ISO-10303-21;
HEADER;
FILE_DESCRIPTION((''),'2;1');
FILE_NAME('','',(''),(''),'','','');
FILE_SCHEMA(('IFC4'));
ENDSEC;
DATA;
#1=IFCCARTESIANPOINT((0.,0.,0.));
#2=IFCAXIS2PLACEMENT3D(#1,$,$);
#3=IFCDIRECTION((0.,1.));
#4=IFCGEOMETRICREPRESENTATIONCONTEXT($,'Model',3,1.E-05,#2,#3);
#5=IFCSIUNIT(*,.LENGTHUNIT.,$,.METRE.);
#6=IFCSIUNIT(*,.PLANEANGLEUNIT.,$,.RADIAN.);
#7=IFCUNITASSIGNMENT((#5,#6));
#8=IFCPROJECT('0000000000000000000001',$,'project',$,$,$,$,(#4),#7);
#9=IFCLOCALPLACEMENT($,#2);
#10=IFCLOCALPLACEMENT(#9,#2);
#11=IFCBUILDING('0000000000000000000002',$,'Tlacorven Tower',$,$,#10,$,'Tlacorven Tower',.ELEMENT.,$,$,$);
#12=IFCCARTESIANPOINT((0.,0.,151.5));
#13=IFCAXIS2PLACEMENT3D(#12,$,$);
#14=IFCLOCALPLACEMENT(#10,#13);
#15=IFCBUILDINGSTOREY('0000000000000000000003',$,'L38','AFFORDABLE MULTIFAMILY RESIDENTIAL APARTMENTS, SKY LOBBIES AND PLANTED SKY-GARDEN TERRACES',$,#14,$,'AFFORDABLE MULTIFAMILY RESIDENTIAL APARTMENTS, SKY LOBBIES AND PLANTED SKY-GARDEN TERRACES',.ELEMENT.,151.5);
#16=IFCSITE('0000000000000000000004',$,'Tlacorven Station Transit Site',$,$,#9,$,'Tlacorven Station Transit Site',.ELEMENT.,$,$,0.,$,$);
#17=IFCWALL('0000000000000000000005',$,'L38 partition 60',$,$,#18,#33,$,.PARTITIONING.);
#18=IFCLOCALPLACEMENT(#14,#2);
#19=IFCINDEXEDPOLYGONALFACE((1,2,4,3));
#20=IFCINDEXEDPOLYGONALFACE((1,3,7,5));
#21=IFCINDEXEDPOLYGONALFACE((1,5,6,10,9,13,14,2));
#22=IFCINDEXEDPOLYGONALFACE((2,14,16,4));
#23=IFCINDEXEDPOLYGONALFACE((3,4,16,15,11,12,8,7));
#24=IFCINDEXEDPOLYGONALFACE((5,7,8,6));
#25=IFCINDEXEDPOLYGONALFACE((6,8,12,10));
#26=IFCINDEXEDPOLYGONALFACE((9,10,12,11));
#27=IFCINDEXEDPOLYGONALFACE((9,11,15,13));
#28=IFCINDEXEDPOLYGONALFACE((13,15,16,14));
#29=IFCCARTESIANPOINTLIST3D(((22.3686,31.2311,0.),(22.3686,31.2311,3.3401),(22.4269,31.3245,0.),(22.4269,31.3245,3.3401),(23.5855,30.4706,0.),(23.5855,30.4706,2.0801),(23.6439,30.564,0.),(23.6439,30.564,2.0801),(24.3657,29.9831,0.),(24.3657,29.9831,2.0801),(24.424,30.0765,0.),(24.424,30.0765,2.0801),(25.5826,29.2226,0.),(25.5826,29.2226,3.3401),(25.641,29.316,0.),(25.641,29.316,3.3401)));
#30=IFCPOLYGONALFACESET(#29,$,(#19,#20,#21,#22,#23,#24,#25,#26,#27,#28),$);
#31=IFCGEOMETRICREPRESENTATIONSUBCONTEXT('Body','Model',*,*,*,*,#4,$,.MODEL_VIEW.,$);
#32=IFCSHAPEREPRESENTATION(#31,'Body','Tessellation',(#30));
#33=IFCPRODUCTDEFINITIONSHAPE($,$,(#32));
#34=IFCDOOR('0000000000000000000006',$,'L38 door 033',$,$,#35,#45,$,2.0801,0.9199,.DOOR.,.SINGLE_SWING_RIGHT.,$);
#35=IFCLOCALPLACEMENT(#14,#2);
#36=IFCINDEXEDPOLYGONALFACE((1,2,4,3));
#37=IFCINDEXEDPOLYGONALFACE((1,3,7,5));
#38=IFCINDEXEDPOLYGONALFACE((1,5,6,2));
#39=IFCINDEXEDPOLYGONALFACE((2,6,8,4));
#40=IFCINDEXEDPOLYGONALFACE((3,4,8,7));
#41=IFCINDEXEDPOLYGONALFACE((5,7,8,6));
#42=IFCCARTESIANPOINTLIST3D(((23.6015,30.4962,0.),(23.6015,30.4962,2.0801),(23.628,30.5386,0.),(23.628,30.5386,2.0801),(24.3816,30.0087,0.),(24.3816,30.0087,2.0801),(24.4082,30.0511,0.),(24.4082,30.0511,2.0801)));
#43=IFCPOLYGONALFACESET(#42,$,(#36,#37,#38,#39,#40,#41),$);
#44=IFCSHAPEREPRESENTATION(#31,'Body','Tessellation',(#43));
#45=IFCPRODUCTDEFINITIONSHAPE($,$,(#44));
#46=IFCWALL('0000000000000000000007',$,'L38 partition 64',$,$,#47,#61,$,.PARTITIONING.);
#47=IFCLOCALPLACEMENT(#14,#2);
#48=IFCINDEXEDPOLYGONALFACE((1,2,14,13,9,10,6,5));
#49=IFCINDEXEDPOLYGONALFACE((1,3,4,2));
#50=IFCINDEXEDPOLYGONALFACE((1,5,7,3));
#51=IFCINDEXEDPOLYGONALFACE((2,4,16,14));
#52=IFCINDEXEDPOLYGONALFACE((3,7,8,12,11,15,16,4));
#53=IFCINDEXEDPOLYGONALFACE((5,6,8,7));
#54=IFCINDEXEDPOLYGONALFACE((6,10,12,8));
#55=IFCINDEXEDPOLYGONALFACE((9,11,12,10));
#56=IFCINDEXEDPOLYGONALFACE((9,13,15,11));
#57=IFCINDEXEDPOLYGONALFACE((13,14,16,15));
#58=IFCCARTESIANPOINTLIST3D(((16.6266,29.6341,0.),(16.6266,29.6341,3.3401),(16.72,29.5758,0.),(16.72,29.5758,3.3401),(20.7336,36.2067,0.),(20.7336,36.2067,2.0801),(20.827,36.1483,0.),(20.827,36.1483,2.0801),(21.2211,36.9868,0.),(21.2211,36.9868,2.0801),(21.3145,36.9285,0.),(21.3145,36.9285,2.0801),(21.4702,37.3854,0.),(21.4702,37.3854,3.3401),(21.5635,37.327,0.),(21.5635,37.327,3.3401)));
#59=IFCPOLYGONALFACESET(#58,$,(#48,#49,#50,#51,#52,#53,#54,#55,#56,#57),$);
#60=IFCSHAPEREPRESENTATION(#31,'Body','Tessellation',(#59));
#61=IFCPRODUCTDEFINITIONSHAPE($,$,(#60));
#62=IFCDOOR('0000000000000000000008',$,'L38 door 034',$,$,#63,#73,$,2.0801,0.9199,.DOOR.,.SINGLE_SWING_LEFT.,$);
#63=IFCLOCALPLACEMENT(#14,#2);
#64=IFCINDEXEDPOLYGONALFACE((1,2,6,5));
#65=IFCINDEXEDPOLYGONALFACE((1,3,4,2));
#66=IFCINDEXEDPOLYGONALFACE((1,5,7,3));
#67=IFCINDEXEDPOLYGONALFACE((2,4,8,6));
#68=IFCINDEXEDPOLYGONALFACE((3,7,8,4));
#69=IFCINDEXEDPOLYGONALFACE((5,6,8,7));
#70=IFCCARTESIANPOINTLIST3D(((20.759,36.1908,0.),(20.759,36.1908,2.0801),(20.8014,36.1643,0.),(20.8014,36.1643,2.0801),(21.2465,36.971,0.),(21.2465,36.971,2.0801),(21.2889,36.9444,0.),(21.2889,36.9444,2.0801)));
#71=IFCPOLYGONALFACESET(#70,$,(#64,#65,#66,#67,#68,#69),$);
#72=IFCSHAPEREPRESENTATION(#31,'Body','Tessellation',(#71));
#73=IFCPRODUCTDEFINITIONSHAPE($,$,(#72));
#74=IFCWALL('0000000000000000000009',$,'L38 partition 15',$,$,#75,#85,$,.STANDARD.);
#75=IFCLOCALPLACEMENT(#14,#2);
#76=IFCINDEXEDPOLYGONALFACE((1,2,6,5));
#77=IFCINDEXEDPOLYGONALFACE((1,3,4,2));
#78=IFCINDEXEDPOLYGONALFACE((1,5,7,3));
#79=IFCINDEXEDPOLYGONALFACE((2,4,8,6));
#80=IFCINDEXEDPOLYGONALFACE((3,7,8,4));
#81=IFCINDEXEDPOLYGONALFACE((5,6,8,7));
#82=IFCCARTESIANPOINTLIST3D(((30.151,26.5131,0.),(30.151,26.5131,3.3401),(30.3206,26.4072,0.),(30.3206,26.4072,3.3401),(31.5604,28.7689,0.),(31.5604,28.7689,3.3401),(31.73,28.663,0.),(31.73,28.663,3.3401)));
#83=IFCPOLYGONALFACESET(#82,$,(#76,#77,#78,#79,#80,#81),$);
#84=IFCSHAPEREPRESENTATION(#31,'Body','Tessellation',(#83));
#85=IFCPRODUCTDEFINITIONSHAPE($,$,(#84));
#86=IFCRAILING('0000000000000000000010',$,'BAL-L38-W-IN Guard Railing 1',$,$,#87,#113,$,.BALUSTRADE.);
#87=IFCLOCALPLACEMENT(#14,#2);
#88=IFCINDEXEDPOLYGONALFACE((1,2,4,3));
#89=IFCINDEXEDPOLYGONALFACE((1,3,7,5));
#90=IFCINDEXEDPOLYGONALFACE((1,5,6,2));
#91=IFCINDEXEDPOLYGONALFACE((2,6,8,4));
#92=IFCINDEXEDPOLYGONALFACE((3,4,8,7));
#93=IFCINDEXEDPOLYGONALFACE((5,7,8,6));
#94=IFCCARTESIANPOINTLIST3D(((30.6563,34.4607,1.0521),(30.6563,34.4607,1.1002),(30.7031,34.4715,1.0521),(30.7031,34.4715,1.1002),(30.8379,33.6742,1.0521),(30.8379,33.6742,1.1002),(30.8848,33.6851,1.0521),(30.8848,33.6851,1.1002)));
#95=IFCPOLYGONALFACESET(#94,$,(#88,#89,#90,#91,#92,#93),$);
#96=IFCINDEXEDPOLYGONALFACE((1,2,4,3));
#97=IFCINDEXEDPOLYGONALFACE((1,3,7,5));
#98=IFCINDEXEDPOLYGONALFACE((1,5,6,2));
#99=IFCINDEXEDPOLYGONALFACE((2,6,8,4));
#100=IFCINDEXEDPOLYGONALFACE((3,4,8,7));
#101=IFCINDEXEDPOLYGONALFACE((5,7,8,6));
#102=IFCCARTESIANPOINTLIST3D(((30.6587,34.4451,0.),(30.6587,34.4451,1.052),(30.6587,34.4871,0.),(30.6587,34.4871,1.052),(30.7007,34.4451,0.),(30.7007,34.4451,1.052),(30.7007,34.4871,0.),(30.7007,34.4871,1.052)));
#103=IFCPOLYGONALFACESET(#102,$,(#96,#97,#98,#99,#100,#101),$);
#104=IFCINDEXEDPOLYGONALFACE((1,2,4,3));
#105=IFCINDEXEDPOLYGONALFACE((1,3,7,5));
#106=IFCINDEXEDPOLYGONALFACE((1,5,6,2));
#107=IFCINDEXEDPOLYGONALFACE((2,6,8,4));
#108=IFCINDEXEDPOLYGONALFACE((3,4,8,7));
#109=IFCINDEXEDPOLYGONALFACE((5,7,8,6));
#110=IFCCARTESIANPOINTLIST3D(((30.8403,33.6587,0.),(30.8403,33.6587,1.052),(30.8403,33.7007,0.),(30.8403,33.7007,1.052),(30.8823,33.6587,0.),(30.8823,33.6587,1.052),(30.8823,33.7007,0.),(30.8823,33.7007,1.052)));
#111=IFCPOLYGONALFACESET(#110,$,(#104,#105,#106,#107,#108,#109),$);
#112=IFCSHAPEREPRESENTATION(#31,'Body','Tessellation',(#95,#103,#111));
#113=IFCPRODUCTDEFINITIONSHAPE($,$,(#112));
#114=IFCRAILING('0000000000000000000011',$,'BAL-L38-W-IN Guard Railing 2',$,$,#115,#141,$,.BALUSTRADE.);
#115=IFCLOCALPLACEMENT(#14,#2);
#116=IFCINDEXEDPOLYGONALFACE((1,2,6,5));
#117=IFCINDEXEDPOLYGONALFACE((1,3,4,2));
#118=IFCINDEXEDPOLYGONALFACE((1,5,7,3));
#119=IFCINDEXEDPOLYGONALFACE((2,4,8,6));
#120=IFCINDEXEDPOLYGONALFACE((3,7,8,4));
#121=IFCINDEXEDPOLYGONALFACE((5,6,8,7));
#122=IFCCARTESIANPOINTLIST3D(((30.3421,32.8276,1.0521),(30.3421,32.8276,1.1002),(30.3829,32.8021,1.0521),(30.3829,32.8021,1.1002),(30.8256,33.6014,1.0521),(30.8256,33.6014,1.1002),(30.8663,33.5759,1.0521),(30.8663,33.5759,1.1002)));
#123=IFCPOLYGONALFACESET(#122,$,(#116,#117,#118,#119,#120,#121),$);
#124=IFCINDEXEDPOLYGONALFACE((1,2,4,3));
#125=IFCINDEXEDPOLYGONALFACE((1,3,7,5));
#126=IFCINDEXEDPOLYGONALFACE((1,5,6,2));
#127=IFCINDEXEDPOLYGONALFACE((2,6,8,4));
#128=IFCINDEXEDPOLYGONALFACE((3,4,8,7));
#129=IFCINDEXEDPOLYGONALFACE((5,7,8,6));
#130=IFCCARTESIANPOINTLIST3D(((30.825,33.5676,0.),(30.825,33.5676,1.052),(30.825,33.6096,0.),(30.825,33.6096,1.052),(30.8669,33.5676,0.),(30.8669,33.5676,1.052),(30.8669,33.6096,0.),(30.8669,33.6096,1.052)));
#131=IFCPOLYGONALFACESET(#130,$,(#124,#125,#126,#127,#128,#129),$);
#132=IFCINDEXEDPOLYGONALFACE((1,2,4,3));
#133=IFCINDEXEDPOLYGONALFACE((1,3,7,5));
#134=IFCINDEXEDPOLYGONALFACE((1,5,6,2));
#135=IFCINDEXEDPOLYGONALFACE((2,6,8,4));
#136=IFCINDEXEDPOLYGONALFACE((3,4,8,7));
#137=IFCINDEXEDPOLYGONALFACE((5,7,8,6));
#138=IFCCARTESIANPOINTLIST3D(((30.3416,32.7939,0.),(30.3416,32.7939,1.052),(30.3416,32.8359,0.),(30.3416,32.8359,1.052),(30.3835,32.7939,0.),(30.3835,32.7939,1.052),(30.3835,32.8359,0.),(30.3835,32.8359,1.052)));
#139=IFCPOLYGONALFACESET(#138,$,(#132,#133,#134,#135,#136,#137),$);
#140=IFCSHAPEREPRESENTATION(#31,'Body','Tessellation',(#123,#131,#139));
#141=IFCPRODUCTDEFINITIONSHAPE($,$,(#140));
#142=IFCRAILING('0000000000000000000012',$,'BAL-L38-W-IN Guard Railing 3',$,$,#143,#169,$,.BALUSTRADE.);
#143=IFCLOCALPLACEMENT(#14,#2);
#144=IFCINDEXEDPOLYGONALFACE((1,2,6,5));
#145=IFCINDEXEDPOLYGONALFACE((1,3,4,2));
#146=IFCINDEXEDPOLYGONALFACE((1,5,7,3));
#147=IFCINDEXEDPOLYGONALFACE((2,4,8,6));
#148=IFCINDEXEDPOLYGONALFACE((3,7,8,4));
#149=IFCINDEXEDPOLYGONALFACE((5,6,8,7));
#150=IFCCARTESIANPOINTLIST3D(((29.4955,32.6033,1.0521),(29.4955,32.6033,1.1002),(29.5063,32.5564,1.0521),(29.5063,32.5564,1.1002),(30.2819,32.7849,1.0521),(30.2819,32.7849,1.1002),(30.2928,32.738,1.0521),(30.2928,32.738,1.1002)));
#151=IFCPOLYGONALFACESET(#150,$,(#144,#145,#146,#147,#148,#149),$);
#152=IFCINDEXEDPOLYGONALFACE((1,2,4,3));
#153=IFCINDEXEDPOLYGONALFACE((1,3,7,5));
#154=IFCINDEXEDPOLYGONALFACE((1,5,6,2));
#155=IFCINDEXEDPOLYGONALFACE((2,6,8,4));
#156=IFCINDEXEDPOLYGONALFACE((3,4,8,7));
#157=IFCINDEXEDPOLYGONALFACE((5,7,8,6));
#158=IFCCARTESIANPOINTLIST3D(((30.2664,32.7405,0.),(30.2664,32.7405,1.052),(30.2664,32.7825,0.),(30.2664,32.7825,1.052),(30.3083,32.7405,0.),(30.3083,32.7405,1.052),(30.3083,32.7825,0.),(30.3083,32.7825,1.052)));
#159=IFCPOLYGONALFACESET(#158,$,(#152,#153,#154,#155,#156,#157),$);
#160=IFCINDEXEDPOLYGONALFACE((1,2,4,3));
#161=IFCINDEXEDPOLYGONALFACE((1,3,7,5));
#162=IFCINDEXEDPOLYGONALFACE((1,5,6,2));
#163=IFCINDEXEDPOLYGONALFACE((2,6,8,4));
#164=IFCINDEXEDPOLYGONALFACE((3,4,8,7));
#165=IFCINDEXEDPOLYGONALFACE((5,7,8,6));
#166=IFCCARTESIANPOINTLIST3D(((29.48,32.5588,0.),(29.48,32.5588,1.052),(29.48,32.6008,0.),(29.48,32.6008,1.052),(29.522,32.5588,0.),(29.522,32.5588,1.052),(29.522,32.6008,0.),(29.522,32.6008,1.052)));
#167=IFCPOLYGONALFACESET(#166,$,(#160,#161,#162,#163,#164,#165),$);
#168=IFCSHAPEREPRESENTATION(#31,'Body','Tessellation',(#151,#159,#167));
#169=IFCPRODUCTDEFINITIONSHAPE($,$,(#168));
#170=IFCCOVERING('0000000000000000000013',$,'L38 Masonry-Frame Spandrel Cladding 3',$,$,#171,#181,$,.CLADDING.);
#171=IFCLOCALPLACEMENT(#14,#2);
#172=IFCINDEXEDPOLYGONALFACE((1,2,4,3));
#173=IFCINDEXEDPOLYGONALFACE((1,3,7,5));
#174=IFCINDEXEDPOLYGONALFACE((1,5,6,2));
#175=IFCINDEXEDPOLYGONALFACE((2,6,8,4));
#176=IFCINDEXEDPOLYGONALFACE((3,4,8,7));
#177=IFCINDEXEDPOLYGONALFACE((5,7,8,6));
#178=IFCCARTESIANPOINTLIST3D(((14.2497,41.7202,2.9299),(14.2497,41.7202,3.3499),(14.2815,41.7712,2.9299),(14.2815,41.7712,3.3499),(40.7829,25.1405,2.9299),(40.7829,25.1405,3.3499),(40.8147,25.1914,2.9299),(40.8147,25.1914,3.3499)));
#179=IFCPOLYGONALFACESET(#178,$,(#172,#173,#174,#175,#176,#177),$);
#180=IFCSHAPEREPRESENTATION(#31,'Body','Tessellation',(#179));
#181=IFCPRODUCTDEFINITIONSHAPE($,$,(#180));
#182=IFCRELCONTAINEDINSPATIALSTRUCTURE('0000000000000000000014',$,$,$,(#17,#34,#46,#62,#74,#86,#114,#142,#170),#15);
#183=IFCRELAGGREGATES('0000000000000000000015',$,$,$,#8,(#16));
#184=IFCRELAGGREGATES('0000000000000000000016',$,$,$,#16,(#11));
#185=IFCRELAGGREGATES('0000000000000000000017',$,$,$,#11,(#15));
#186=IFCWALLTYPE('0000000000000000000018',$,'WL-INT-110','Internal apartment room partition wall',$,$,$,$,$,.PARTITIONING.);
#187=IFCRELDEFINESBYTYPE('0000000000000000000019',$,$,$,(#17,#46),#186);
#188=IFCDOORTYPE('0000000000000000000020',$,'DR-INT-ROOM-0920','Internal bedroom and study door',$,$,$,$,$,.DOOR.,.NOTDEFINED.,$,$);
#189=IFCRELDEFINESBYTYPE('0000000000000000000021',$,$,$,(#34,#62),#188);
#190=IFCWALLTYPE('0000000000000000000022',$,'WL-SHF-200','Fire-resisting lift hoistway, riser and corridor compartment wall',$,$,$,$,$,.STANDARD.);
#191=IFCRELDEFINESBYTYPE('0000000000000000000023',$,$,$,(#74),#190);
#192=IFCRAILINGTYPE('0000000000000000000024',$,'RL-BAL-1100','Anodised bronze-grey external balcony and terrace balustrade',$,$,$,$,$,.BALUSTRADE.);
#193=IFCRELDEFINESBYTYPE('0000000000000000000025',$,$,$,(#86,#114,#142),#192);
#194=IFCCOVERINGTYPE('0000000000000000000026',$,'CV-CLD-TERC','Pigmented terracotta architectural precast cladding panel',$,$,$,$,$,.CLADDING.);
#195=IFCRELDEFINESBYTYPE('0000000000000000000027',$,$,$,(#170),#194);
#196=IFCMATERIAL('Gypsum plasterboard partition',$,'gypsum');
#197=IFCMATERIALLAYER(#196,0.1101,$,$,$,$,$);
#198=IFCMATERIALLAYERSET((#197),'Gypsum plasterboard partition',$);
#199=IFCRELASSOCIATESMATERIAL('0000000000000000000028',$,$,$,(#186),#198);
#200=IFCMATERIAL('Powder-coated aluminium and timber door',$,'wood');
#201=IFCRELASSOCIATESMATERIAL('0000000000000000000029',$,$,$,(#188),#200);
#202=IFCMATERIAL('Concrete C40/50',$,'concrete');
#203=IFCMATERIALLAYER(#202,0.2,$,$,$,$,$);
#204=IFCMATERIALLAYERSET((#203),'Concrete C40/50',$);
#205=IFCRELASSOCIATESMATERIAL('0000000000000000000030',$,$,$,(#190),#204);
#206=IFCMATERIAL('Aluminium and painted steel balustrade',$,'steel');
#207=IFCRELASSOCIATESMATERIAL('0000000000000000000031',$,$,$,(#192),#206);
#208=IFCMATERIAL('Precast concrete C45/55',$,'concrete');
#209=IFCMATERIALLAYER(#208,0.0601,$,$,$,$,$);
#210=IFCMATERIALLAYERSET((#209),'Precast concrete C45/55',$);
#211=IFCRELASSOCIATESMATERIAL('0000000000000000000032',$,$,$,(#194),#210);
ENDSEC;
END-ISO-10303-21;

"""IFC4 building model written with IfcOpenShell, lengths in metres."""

from ifc_helpers import new_model, si_unit, direction, frame, frame_2d, origin, origin_2d, place, context, subcontext, project, spatial, rectangle, extrude, source, transform, mapped, material, layer, layer_set, type_object, element, fill, save


model = new_model("IFC4")

# Units and contexts
model_context = context("Model", 3, precision=1e-05, world=origin(), true_north=direction((0.0, 1.0)))
body_context = subcontext(model_context, "Body", "Model", "MODEL_VIEW")
ifc_project = project(units=[si_unit("LENGTHUNIT", "METRE"), si_unit("PLANEANGLEUNIT", "RADIAN")], contexts=[model_context])

# Site, building, storey
site_placement = place(None, origin())
site = spatial("IfcSite", under=ifc_project, at=site_placement, Name="Tlacorven Station Transit Site", LongName="Tlacorven Station Transit Site", CompositionType="ELEMENT", RefElevation=0.0)
building_placement = place(site_placement, origin())
building = spatial("IfcBuilding", under=site, at=building_placement, Name="Tlacorven Tower", LongName="Tlacorven Tower", CompositionType="ELEMENT")
storey_placement = place(building_placement, frame((0.0, 0.0, 151.5)))
storey = spatial("IfcBuildingStorey", under=building, at=storey_placement, Name="L38", Description="AFFORDABLE MULTIFAMILY RESIDENTIAL APARTMENTS, SKY LOBBIES AND PLANTED SKY-GARDEN TERRACES", LongName="AFFORDABLE MULTIFAMILY RESIDENTIAL APARTMENTS, SKY LOBBIES AND PLANTED SKY-GARDEN TERRACES", CompositionType="ELEMENT", Elevation=151.5)

# Walls, openings, doors
ifc_material_1 = material(Name="Gypsum plasterboard partition", Category="gypsum")
ifc_layer_1 = layer(ifc_material_1, 0.1101)
ifc_layer_set_1 = layer_set([ifc_layer_1], Name="Gypsum plasterboard partition")
wall_type_1 = type_object("IfcWallType", Name="WL-INT-110", Description="Internal apartment room partition wall", PredefinedType="PARTITIONING", material=ifc_layer_set_1)
wall_1_placement = place(storey_placement, frame((25.6118, 29.2693, 0.0), z_axis=(0.0, 0.0, 1.0), x_axis=(-0.848031, 0.529947, 0.0)))
wall_1 = element("IfcWall", 1, at=wall_1_placement, inside=storey, type_object=wall_type_1, Name="L38 partition 60", PredefinedType="PARTITIONING", context=body_context, shape_type="SweptSolid", body=[
    extrude(rectangle(XDim=3.79, YDim=0.1101, at=frame_2d((1.895, 0.0))), origin(), (0.0, 0.0, 1.0), 3.3401),
])
opening_1_placement = place(wall_1_placement, frame((1.4351, 0.0, 0.0)))
opening_1 = element("IfcOpeningElement", 2, at=opening_1_placement, cuts=wall_1, PredefinedType="OPENING", context=body_context, shape_type="SweptSolid", body=[
    extrude(rectangle(XDim=0.9199, YDim=2.0801, at=frame_2d((0.46, 1.04))), frame((0.0, 0.0649, 0.0), z_axis=(0.0, -1.0, 0.0), x_axis=(1.0, 0.0, 0.0)), (0.0, 0.0, 1.0), 0.1301),
])
ifc_material_2 = material(Name="Powder-coated aluminium and timber door", Category="wood")
door_type = type_object("IfcDoorType", Name="DR-INT-ROOM-0920", Description="Internal bedroom and study door", OperationType="NOTDEFINED", PredefinedType="DOOR", material=ifc_material_2)
shared_shape_1 = source(origin(), body_context, "Body", "SweptSolid", [
    extrude(rectangle(XDim=0.9199, YDim=2.0801, at=frame_2d((0.46, 1.04))), frame((0.0, 0.0249, 0.0), z_axis=(0.0, -1.0, 0.0), x_axis=(1.0, 0.0, 0.0)), (0.0, 0.0, 1.0), 0.05),
])
door_1_placement = place(opening_1_placement, origin())
door_1 = element("IfcDoor", 3, at=door_1_placement, inside=storey, type_object=door_type, Name="L38 door 033", OperationType="SINGLE_SWING_RIGHT", OverallHeight=2.0801, OverallWidth=0.9199, PredefinedType="DOOR", context=body_context, shape_type="MappedRepresentation", body=[
    mapped(shared_shape_1, transform((0.0, 0.0, 0.0), scale=1.0)),
])
fill(opening_1, door_1)
wall_2_placement = place(storey_placement, frame((21.5168, 37.3562, 0.0), z_axis=(0.0, 0.0, 1.0), x_axis=(-0.52992, -0.848048, 0.0)))
wall_2 = element("IfcWall", 4, at=wall_2_placement, inside=storey, type_object=wall_type_1, Name="L38 partition 64", PredefinedType="PARTITIONING", context=body_context, shape_type="SweptSolid", body=[
    extrude(rectangle(XDim=9.1401, YDim=0.1101, at=frame_2d((4.5701, 0.0))), origin(), (0.0, 0.0, 1.0), 3.3401),
])
opening_2_placement = place(wall_2_placement, frame((0.47, 0.0, 0.0)))
opening_2 = element("IfcOpeningElement", 5, at=opening_2_placement, cuts=wall_2, PredefinedType="OPENING", context=body_context, shape_type="SweptSolid", body=[
    extrude(rectangle(XDim=0.9199, YDim=2.0801, at=frame_2d((0.46, 1.04))), frame((0.0, 0.0649, 0.0), z_axis=(0.0, -1.0, 0.0), x_axis=(1.0, 0.0, 0.0)), (0.0, 0.0, 1.0), 0.1301),
])
door_2_placement = place(opening_2_placement, origin())
door_2 = element("IfcDoor", 6, at=door_2_placement, inside=storey, type_object=door_type, Name="L38 door 034", OperationType="SINGLE_SWING_LEFT", OverallHeight=2.0801, OverallWidth=0.9199, PredefinedType="DOOR", context=body_context, shape_type="MappedRepresentation", body=[
    mapped(shared_shape_1, transform((0.0, 0.0, 0.0), scale=1.0)),
])
fill(opening_2, door_2)

# Wall
ifc_material_3 = material(Name="Concrete C40/50", Category="concrete")
ifc_layer_2 = layer(ifc_material_3, 0.2)
ifc_layer_set_2 = layer_set([ifc_layer_2], Name="Concrete C40/50")
wall_type_2 = type_object("IfcWallType", Name="WL-SHF-200", Description="Fire-resisting lift hoistway, riser and corridor compartment wall", PredefinedType="STANDARD", material=ifc_layer_set_2)
wall_3_placement = place(storey_placement, frame((31.6453, 28.7161, 0.0), z_axis=(0.0, 0.0, 1.0), x_axis=(-0.529867, -0.848081, 0.0)))
element("IfcWall", 7, at=wall_3_placement, inside=storey, type_object=wall_type_2, Name="L38 partition 15", PredefinedType="STANDARD", context=body_context, shape_type="SweptSolid", body=[
    extrude(rectangle(XDim=2.6599, YDim=0.2, at=frame_2d((1.3301, 0.0))), origin(), (0.0, 0.0, 1.0), 3.3401),
])

# Railings
ifc_material_4 = material(Name="Aluminium and painted steel balustrade", Category="steel")
railing_type = type_object("IfcRailingType", Name="RL-BAL-1100", Description="Anodised bronze-grey external balcony and terrace balustrade", PredefinedType="BALUSTRADE", material=ifc_material_4)
shared_shape_2 = source(origin(), body_context, "Body", "SweptSolid", [
    extrude(rectangle(XDim=0.0481, YDim=0.0481, at=origin_2d()), frame((0.0, 0.0, 1.0762), z_axis=(0.225058, -0.974345, 0.0), x_axis=(0.974345, 0.225058, 0.0)), (0.0, 0.0, 1.0), 0.8071),
    extrude(rectangle(XDim=0.042, YDim=0.042, at=origin_2d()), origin(), (0.0, 0.0, 1.0), 1.052),
    extrude(rectangle(XDim=0.042, YDim=0.042, at=origin_2d()), frame((0.1816, -0.7864, 0.0)), (0.0, 0.0, 1.0), 1.052),
])
railing_1_placement = place(storey_placement, frame((30.6797, 34.4661, 0.0)))
element("IfcRailing", 8, at=railing_1_placement, inside=storey, type_object=railing_type, Name="BAL-L38-W-IN Guard Railing 1", PredefinedType="BALUSTRADE", context=body_context, shape_type="MappedRepresentation", body=[
    mapped(shared_shape_2, transform((0.0, 0.0, 0.0), scale=1.0)),
])
shared_shape_3 = source(origin(), body_context, "Body", "SweptSolid", [
    extrude(rectangle(XDim=0.0481, YDim=0.0481, at=origin_2d()), frame((0.0, 0.0, 1.0762), z_axis=(-0.529879, -0.848073, 0.0), x_axis=(0.848073, -0.529879, 0.0)), (0.0, 0.0, 1.0), 0.9124),
    extrude(rectangle(XDim=0.042, YDim=0.042, at=origin_2d()), origin(), (0.0, 0.0, 1.0), 1.052),
    extrude(rectangle(XDim=0.042, YDim=0.042, at=origin_2d()), frame((-0.4834, -0.7737, 0.0)), (0.0, 0.0, 1.0), 1.052),
])
railing_2_placement = place(storey_placement, frame((30.8459, 33.5886, 0.0)))
element("IfcRailing", 9, at=railing_2_placement, inside=storey, type_object=railing_type, Name="BAL-L38-W-IN Guard Railing 2", PredefinedType="BALUSTRADE", context=body_context, shape_type="MappedRepresentation", body=[
    mapped(shared_shape_3, transform((0.0, 0.0, 0.0), scale=1.0)),
])
shared_shape_4 = source(origin(), body_context, "Body", "SweptSolid", [
    extrude(rectangle(XDim=0.0481, YDim=0.0481, at=origin_2d()), frame((0.0, 0.0, 1.0762), z_axis=(-0.974345, -0.225058, 0.0), x_axis=(0.225058, -0.974345, 0.0)), (0.0, 0.0, 1.0), 0.8071),
    extrude(rectangle(XDim=0.042, YDim=0.042, at=origin_2d()), origin(), (0.0, 0.0, 1.0), 1.052),
    extrude(rectangle(XDim=0.042, YDim=0.042, at=origin_2d()), frame((-0.7864, -0.1816, 0.0)), (0.0, 0.0, 1.0), 1.052),
])
railing_3_placement = place(storey_placement, frame((30.2874, 32.7615, 0.0)))
element("IfcRailing", 10, at=railing_3_placement, inside=storey, type_object=railing_type, Name="BAL-L38-W-IN Guard Railing 3", PredefinedType="BALUSTRADE", context=body_context, shape_type="MappedRepresentation", body=[
    mapped(shared_shape_4, transform((0.0, 0.0, 0.0), scale=1.0)),
])

# Covering
ifc_material_5 = material(Name="Precast concrete C45/55", Category="concrete")
ifc_layer_3 = layer(ifc_material_5, 0.0601)
ifc_layer_set_3 = layer_set([ifc_layer_3], Name="Precast concrete C45/55")
covering_type = type_object("IfcCoveringType", Name="CV-CLD-TERC", Description="Pigmented terracotta architectural precast cladding panel", PredefinedType="CLADDING", material=ifc_layer_set_3)
shared_shape_5 = source(origin(), body_context, "Body", "SweptSolid", [
    extrude(rectangle(XDim=31.2874, YDim=0.0601, at=origin_2d()), origin(), (0.0, 0.0, 1.0), 0.4199),
])
covering_placement = place(storey_placement, frame((27.5322, 33.4558, 2.9299), z_axis=(0.0, 0.0, 1.0), x_axis=(0.848048, -0.529919, 0.0)))
element("IfcCovering", 11, at=covering_placement, inside=storey, type_object=covering_type, Name="L38 Masonry-Frame Spandrel Cladding 3", PredefinedType="CLADDING", context=body_context, shape_type="MappedRepresentation", body=[
    mapped(shared_shape_5, transform((0.0, 0.0, 0.0), scale=1.0)),
])

save(model, "model.ifc")
